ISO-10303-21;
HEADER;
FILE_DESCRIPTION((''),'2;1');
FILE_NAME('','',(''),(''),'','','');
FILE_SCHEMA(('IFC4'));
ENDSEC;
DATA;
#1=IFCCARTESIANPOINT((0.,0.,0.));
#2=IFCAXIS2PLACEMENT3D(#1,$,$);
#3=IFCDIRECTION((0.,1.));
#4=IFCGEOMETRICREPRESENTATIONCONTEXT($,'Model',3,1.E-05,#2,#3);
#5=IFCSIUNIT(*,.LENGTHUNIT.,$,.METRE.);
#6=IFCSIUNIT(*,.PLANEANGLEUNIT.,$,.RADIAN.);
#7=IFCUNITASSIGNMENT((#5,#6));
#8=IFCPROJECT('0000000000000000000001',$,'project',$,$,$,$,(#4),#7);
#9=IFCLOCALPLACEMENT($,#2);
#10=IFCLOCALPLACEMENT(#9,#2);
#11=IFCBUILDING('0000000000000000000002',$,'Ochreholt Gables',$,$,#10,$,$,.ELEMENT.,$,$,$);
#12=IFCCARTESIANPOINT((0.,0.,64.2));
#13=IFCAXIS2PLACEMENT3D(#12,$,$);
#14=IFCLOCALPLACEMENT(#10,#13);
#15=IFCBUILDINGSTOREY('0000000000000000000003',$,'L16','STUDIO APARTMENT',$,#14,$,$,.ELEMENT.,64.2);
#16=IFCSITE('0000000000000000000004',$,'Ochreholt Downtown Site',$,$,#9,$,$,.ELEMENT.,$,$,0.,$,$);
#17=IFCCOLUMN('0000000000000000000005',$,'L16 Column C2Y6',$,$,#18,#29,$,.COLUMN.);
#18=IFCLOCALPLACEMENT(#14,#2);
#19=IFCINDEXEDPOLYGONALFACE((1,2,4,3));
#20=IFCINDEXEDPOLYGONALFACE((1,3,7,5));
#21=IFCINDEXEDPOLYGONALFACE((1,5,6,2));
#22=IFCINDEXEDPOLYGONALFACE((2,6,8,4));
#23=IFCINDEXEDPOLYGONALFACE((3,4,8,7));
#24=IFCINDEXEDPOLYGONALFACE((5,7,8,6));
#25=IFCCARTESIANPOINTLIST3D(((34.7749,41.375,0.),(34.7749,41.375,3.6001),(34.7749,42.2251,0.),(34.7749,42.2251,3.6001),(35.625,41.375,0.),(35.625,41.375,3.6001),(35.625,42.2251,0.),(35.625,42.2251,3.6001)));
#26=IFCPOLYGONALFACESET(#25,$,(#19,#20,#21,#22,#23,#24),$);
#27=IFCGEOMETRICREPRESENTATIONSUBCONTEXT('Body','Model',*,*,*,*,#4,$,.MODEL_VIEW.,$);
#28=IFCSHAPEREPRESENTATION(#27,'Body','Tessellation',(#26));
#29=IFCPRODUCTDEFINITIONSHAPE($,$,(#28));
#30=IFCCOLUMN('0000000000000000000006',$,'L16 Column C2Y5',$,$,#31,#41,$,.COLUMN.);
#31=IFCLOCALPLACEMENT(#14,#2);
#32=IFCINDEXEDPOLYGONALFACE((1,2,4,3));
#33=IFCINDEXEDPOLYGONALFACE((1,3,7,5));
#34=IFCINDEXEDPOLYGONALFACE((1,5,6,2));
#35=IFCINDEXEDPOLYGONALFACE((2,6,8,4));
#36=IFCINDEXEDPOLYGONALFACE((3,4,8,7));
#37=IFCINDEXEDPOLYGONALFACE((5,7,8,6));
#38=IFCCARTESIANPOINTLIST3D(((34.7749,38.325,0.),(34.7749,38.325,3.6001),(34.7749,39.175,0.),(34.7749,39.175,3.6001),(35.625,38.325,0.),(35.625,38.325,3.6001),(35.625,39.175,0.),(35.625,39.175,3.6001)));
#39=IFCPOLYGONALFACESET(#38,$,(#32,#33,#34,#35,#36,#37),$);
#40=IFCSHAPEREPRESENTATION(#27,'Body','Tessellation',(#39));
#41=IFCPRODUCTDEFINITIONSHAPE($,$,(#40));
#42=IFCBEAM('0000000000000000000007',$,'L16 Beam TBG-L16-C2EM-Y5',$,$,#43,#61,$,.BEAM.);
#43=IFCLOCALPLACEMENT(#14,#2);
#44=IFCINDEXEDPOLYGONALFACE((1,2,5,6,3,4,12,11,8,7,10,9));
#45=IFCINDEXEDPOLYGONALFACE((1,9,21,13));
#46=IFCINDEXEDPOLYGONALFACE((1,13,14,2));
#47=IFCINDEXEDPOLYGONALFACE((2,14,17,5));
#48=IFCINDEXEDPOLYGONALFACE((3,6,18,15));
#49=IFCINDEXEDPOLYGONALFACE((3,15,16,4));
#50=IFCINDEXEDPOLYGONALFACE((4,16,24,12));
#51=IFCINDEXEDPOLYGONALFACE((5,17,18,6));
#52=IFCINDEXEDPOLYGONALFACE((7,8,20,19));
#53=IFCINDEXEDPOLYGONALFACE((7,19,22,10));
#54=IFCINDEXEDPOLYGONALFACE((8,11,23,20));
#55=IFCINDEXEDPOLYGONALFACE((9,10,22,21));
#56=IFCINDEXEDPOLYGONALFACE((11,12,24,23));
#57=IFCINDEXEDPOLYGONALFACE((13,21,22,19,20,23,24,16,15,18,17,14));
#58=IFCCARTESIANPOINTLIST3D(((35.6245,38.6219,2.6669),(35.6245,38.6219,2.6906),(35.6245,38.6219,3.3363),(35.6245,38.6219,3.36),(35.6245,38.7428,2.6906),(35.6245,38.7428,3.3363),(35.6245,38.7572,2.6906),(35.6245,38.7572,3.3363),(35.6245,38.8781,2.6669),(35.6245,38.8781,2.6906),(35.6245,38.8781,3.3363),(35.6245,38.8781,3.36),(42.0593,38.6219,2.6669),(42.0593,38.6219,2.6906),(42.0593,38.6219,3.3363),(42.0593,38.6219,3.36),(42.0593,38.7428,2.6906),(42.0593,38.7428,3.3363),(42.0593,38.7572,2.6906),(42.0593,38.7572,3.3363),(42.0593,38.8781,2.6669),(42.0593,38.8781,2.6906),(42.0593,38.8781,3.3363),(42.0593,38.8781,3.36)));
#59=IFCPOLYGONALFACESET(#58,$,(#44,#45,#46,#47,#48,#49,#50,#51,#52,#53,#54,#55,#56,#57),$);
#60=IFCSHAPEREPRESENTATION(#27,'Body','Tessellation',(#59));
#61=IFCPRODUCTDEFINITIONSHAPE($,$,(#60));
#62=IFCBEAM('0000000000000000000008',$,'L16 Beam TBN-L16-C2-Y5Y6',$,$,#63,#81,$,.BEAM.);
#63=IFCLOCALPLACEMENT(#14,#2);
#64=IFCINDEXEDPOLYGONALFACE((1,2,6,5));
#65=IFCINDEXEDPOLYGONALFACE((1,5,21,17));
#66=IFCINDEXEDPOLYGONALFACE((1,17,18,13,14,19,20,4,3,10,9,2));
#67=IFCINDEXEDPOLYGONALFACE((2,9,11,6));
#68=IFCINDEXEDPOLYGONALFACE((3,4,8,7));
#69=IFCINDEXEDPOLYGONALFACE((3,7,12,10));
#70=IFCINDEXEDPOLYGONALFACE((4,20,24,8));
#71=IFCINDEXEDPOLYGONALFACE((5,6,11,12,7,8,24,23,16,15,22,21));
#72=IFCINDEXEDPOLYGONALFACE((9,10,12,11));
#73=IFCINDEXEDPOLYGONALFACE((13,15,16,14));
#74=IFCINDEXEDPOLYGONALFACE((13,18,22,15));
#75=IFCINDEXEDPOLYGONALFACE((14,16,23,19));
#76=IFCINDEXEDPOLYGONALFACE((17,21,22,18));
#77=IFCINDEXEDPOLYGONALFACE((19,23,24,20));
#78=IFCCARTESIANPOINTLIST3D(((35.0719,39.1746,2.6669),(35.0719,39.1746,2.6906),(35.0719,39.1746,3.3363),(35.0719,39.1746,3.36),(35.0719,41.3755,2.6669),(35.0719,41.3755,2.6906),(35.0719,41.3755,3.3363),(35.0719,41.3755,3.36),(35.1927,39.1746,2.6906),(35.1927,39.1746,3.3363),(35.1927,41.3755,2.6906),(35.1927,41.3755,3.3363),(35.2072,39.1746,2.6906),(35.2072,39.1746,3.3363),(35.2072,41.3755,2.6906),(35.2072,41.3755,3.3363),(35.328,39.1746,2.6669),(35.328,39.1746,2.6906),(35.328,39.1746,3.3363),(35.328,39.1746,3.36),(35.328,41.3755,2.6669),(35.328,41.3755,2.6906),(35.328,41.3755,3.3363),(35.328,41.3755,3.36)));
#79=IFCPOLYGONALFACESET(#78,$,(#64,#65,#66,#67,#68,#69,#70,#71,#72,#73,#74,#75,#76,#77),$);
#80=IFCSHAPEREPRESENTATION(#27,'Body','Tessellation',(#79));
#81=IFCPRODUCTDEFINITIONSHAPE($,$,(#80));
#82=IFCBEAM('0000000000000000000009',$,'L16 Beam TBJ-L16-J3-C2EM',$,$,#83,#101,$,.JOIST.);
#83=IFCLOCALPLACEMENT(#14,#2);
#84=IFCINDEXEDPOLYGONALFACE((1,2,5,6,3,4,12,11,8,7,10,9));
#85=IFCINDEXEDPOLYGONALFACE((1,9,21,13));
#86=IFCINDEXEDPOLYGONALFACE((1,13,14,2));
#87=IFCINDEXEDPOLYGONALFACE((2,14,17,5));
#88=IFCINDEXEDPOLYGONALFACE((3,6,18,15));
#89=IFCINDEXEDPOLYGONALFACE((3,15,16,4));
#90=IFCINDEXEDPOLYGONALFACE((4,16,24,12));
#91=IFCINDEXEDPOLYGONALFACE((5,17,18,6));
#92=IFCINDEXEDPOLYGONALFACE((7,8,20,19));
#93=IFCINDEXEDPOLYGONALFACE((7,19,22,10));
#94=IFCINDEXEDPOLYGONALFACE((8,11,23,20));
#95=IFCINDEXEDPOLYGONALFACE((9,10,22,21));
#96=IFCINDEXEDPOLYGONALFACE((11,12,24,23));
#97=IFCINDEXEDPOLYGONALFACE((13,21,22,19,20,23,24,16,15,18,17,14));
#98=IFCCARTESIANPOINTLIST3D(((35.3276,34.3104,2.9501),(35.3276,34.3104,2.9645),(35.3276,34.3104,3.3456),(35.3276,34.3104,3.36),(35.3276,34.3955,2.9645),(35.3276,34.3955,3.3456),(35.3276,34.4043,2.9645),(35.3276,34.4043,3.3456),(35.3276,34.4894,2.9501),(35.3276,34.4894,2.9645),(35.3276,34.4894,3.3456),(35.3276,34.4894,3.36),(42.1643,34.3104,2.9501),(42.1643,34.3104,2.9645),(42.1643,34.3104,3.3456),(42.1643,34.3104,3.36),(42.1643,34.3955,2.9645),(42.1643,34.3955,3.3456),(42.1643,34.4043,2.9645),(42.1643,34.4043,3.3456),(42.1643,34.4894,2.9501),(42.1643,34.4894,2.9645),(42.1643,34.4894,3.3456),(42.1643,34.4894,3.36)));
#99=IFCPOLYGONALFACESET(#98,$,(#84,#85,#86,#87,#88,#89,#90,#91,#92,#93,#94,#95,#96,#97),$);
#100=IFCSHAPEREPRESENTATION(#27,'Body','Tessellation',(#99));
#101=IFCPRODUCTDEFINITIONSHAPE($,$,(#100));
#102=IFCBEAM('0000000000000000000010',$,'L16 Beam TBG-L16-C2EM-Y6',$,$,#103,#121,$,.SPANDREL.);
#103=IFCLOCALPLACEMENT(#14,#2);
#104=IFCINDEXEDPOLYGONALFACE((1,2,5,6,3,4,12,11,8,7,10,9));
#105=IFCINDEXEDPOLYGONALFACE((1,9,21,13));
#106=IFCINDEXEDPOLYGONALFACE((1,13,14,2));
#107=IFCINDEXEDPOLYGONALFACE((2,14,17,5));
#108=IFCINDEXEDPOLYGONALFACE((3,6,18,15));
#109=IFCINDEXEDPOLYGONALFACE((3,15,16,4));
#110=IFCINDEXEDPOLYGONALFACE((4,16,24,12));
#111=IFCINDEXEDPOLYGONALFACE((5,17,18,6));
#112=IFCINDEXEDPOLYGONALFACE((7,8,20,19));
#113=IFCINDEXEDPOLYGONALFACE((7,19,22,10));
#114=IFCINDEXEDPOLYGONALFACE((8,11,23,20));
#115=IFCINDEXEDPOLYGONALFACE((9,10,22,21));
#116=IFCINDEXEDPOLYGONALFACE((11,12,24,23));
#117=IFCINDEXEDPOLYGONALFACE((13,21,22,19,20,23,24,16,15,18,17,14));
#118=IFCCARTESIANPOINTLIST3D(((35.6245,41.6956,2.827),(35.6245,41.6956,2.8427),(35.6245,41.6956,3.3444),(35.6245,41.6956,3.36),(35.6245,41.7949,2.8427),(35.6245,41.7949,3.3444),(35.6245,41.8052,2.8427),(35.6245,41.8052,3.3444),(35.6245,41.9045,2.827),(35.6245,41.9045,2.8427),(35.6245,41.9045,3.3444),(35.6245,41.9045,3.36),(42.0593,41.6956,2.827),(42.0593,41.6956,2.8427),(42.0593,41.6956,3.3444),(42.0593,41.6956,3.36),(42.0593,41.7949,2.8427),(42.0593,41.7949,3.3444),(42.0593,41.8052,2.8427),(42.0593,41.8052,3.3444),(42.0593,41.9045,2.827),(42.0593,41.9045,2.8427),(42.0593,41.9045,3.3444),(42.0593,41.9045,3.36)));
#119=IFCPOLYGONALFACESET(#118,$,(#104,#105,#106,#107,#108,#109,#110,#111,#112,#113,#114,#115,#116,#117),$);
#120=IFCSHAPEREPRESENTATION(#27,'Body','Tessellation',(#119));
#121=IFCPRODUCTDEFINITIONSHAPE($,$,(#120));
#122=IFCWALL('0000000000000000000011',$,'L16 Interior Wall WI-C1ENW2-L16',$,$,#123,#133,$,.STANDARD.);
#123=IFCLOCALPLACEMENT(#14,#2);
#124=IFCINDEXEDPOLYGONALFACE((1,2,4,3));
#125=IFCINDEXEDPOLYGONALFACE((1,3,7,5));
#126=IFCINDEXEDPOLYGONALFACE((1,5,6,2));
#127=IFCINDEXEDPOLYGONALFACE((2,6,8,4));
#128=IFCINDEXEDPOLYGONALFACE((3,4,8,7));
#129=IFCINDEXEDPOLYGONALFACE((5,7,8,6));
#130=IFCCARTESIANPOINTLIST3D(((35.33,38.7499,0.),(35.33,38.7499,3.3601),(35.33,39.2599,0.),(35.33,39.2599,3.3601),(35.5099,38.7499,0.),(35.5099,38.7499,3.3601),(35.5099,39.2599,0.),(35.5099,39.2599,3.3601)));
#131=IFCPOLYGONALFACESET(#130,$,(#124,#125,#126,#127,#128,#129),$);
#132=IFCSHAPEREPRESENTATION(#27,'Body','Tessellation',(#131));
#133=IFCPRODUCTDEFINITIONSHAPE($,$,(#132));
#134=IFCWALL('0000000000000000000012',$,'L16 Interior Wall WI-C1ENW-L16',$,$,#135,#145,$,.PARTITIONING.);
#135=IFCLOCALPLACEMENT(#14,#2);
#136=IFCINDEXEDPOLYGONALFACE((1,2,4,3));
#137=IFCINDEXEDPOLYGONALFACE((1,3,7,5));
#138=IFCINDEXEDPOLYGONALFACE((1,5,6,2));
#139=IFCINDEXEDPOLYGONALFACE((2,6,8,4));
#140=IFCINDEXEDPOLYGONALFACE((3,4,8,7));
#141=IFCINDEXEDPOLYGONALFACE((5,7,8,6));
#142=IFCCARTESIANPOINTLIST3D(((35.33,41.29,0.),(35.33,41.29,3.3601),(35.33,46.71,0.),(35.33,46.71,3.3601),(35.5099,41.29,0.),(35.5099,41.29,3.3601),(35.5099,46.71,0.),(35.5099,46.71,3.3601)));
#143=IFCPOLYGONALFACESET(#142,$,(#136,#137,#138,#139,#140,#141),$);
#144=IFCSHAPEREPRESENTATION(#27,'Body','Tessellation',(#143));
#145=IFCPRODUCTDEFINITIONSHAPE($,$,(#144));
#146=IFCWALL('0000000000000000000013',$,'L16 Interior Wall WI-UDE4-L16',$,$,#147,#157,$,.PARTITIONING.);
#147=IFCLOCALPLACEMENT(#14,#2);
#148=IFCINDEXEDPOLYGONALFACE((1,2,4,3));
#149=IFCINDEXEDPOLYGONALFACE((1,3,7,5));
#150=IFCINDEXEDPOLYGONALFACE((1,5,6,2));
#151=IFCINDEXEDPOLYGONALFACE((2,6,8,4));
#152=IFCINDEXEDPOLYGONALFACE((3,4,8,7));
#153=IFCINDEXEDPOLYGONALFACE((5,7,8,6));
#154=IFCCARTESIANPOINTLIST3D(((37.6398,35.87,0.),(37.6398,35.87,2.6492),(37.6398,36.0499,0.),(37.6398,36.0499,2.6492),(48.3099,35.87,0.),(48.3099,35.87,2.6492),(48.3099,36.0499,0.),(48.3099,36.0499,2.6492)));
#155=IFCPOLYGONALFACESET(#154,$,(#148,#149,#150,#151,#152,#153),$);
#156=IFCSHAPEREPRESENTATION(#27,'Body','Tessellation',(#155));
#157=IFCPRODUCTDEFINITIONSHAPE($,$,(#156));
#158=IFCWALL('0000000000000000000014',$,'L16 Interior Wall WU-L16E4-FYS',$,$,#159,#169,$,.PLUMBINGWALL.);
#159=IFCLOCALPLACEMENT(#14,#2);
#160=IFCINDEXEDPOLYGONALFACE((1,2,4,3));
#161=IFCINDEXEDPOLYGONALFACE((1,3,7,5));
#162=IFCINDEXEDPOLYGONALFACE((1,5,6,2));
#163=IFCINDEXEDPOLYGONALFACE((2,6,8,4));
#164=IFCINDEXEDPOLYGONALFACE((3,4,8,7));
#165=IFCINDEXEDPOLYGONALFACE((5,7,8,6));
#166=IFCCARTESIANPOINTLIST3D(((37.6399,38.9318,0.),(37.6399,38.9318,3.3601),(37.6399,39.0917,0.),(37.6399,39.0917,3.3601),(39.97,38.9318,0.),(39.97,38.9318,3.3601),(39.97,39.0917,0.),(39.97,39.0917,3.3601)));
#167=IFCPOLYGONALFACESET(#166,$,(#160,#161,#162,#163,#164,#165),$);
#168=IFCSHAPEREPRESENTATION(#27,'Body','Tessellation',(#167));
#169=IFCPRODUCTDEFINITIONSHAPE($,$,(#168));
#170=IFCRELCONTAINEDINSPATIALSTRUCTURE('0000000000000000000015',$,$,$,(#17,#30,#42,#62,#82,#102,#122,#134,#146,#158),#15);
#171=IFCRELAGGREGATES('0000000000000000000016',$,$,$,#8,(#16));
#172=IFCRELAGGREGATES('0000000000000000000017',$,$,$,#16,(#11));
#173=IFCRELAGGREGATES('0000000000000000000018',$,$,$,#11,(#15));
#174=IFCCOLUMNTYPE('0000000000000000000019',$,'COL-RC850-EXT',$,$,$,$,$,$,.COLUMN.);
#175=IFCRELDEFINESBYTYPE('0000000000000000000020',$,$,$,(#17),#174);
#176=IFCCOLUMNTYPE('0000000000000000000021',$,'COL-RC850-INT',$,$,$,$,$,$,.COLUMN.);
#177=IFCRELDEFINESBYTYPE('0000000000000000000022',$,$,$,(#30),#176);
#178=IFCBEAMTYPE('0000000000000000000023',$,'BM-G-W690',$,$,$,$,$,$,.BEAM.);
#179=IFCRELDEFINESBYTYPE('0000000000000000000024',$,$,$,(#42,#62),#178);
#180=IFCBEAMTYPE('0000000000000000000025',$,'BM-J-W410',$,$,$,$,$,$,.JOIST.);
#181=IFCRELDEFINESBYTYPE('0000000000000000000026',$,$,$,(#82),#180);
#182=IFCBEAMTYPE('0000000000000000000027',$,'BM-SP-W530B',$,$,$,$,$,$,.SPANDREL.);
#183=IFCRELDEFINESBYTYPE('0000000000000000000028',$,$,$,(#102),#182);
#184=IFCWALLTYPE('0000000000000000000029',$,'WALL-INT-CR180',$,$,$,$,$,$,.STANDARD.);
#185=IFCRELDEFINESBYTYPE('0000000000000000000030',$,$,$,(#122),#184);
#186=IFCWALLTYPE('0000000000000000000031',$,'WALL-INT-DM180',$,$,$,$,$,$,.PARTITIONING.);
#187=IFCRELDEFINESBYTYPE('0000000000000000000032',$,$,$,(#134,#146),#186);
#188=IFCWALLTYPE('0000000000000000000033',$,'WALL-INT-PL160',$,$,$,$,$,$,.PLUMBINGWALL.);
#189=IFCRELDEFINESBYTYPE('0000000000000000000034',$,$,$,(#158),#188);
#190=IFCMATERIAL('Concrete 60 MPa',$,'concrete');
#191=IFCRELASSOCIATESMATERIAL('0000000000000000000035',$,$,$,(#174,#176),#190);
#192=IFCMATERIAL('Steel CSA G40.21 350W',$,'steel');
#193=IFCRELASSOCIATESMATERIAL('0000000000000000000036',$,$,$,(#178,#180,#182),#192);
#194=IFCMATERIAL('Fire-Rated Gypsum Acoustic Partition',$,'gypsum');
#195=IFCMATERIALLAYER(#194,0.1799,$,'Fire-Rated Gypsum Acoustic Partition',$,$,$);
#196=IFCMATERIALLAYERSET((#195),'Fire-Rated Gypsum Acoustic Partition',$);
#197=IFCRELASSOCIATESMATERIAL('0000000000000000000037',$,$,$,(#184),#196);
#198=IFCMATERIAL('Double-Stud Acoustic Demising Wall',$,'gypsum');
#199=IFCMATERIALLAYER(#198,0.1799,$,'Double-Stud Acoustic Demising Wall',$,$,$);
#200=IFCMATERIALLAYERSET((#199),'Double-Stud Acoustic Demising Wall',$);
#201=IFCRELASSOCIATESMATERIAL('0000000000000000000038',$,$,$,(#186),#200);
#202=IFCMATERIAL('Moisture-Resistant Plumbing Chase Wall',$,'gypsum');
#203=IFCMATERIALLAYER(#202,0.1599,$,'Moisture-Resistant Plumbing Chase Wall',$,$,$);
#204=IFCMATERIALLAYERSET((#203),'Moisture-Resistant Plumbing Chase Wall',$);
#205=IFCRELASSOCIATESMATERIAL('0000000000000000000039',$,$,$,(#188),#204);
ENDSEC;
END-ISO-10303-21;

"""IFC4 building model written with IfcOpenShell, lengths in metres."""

from ifc_helpers import new_model, si_unit, direction, frame, frame_2d, origin, origin_2d, place, context, subcontext, project, spatial, rectangle, i_section, extrude, material, layer, layer_set, material_profile, profile_set, type_object, element, save


model = new_model("IFC4")

# Units and contexts
model_context = context("Model", 3, precision=1e-05, world=origin(), true_north=direction((0.0, 1.0)))
body_context = subcontext(model_context, "Body", "Model", "MODEL_VIEW")
ifc_project = project(units=[si_unit("LENGTHUNIT", "METRE"), si_unit("PLANEANGLEUNIT", "RADIAN")], contexts=[model_context])

# Site, building, storey
site_placement = place(None, origin())
site = spatial("IfcSite", under=ifc_project, at=site_placement, Name="Ochreholt Downtown Site", CompositionType="ELEMENT", RefElevation=0.0)
building_placement = place(site_placement, origin())
building = spatial("IfcBuilding", under=site, at=building_placement, Name="Ochreholt Gables", CompositionType="ELEMENT")
storey_placement = place(building_placement, frame((0.0, 0.0, 64.2)))
storey = spatial("IfcBuildingStorey", under=building, at=storey_placement, Name="L16", Description="STUDIO APARTMENT", CompositionType="ELEMENT", Elevation=64.2)

# Columns
ifc_material_1 = material(Name="Concrete 60 MPa", Category="concrete")
ifc_material_profile_1 = material_profile(ifc_material_1, rectangle(XDim=0.8501, YDim=0.8501, at=origin_2d()), Name="RC850X850")
ifc_profile_set_1 = profile_set([ifc_material_profile_1], Name="Concrete 60 MPa")
column_type_1 = type_object("IfcColumnType", Name="COL-RC850-EXT", PredefinedType="COLUMN", material=ifc_profile_set_1)
column_1_placement = place(storey_placement, frame((35.2, 41.8, 0.0), z_axis=(0.0, 0.0, 1.0), x_axis=(1.0, 0.0, 0.0)))
element("IfcColumn", 1, at=column_1_placement, inside=storey, type_object=column_type_1, Name="L16 Column C2Y6", PredefinedType="COLUMN", context=body_context, shape_type="SweptSolid", body=[
    extrude(rectangle(XDim=0.8501, YDim=0.8501, at=origin_2d()), origin(), (0.0, 0.0, 1.0), 3.6001),
])
ifc_material_profile_2 = material_profile(ifc_material_1, rectangle(XDim=0.8501, YDim=0.8501, at=origin_2d()), Name="RC850X850")
ifc_profile_set_2 = profile_set([ifc_material_profile_2], Name="Concrete 60 MPa")
column_type_2 = type_object("IfcColumnType", Name="COL-RC850-INT", PredefinedType="COLUMN", material=ifc_profile_set_2)
column_2_placement = place(storey_placement, frame((35.2, 38.75, 0.0), z_axis=(0.0, 0.0, 1.0), x_axis=(1.0, 0.0, 0.0)))
element("IfcColumn", 2, at=column_2_placement, inside=storey, type_object=column_type_2, Name="L16 Column C2Y5", PredefinedType="COLUMN", context=body_context, shape_type="SweptSolid", body=[
    extrude(rectangle(XDim=0.8501, YDim=0.8501, at=origin_2d()), origin(), (0.0, 0.0, 1.0), 3.6001),
])

# Beams
ifc_material_2 = material(Name="Steel CSA G40.21 350W", Category="steel")
ifc_material_profile_3 = material_profile(ifc_material_2, i_section(OverallWidth=0.2561, OverallDepth=0.6931, WebThickness=0.0144, FlangeThickness=0.0237, at=origin_2d()), Name="W690X170")
ifc_profile_set_3 = profile_set([ifc_material_profile_3], Name="Steel CSA G40.21 350W")
beam_type_1 = type_object("IfcBeamType", Name="BM-G-W690", PredefinedType="BEAM", material=ifc_profile_set_3)
beam_1_placement = place(storey_placement, frame((35.6245, 38.75, 3.0134), z_axis=(1.0, 0.0, 0.0), x_axis=(0.0, 1.0, 0.0)))
element("IfcBeam", 3, at=beam_1_placement, inside=storey, type_object=beam_type_1, Name="L16 Beam TBG-L16-C2EM-Y5", PredefinedType="BEAM", context=body_context, shape_type="SweptSolid", body=[
    extrude(i_section(OverallWidth=0.2561, OverallDepth=0.6931, WebThickness=0.0144, FlangeThickness=0.0237, at=origin_2d()), origin(), (0.0, 0.0, 1.0), 6.4348),
])
beam_2_placement = place(storey_placement, frame((35.2, 39.1746, 3.0134), z_axis=(0.0, 1.0, 0.0), x_axis=(-1.0, 0.0, 0.0)))
element("IfcBeam", 4, at=beam_2_placement, inside=storey, type_object=beam_type_1, Name="L16 Beam TBN-L16-C2-Y5Y6", PredefinedType="BEAM", context=body_context, shape_type="SweptSolid", body=[
    extrude(i_section(OverallWidth=0.2561, OverallDepth=0.6931, WebThickness=0.0144, FlangeThickness=0.0237, at=origin_2d()), origin(), (0.0, 0.0, 1.0), 2.2009),
])
ifc_material_profile_4 = material_profile(ifc_material_2, i_section(OverallWidth=0.179, OverallDepth=0.4099, WebThickness=0.0088, FlangeThickness=0.0144, at=origin_2d()), Name="W410X67")
ifc_profile_set_4 = profile_set([ifc_material_profile_4], Name="Steel CSA G40.21 350W")
beam_type_2 = type_object("IfcBeamType", Name="BM-J-W410", PredefinedType="JOIST", material=ifc_profile_set_4)
beam_3_placement = place(storey_placement, frame((35.3276, 34.3999, 3.155), z_axis=(1.0, 0.0, 0.0), x_axis=(0.0, 1.0, 0.0)))
element("IfcBeam", 5, at=beam_3_placement, inside=storey, type_object=beam_type_2, Name="L16 Beam TBJ-L16-J3-C2EM", PredefinedType="JOIST", context=body_context, shape_type="SweptSolid", body=[
    extrude(i_section(OverallWidth=0.179, OverallDepth=0.4099, WebThickness=0.0088, FlangeThickness=0.0144, at=origin_2d()), origin(), (0.0, 0.0, 1.0), 6.8367),
])
ifc_material_profile_5 = material_profile(ifc_material_2, i_section(OverallWidth=0.209, OverallDepth=0.533, WebThickness=0.0103, FlangeThickness=0.0156, at=origin_2d()), Name="W530X92")
ifc_profile_set_5 = profile_set([ifc_material_profile_5], Name="Steel CSA G40.21 350W")
beam_type_3 = type_object("IfcBeamType", Name="BM-SP-W530B", PredefinedType="SPANDREL", material=ifc_profile_set_5)
beam_4_placement = place(storey_placement, frame((35.6245, 41.8, 3.0935), z_axis=(1.0, 0.0, 0.0), x_axis=(0.0, 1.0, 0.0)))
element("IfcBeam", 6, at=beam_4_placement, inside=storey, type_object=beam_type_3, Name="L16 Beam TBG-L16-C2EM-Y6", PredefinedType="SPANDREL", context=body_context, shape_type="SweptSolid", body=[
    extrude(i_section(OverallWidth=0.209, OverallDepth=0.533, WebThickness=0.0103, FlangeThickness=0.0156, at=origin_2d()), origin(), (0.0, 0.0, 1.0), 6.4348),
])

# Walls
ifc_material_3 = material(Name="Fire-Rated Gypsum Acoustic Partition", Category="gypsum")
ifc_layer_1 = layer(ifc_material_3, 0.1799, Name="Fire-Rated Gypsum Acoustic Partition")
ifc_layer_set_1 = layer_set([ifc_layer_1], Name="Fire-Rated Gypsum Acoustic Partition")
wall_type_1 = type_object("IfcWallType", Name="WALL-INT-CR180", PredefinedType="STANDARD", material=ifc_layer_set_1)
wall_1_placement = place(storey_placement, frame((35.4199, 38.75, 0.0), z_axis=(0.0, 0.0, 1.0), x_axis=(0.0, 1.0, 0.0)))
element("IfcWall", 7, at=wall_1_placement, inside=storey, type_object=wall_type_1, Name="L16 Interior Wall WI-C1ENW2-L16", PredefinedType="STANDARD", context=body_context, shape_type="SweptSolid", body=[
    extrude(rectangle(XDim=0.51, YDim=0.1799, at=frame_2d((0.2549, 0.0))), origin(), (0.0, 0.0, 1.0), 3.3601),
])
ifc_material_4 = material(Name="Double-Stud Acoustic Demising Wall", Category="gypsum")
ifc_layer_2 = layer(ifc_material_4, 0.1799, Name="Double-Stud Acoustic Demising Wall")
ifc_layer_set_2 = layer_set([ifc_layer_2], Name="Double-Stud Acoustic Demising Wall")
wall_type_2 = type_object("IfcWallType", Name="WALL-INT-DM180", PredefinedType="PARTITIONING", material=ifc_layer_set_2)
wall_2_placement = place(storey_placement, frame((35.4199, 41.29, 0.0), z_axis=(0.0, 0.0, 1.0), x_axis=(0.0, 1.0, 0.0)))
element("IfcWall", 8, at=wall_2_placement, inside=storey, type_object=wall_type_2, Name="L16 Interior Wall WI-C1ENW-L16", PredefinedType="PARTITIONING", context=body_context, shape_type="SweptSolid", body=[
    extrude(rectangle(XDim=5.4199, YDim=0.1799, at=frame_2d((2.71, 0.0))), origin(), (0.0, 0.0, 1.0), 3.3601),
])
wall_3_placement = place(storey_placement, frame((37.6399, 35.96, 0.0), z_axis=(0.0, 0.0, 1.0), x_axis=(1.0, 0.0, 0.0)))
element("IfcWall", 9, at=wall_3_placement, inside=storey, type_object=wall_type_2, Name="L16 Interior Wall WI-UDE4-L16", PredefinedType="PARTITIONING", context=body_context, shape_type="SweptSolid", body=[
    extrude(rectangle(XDim=10.6702, YDim=0.1799, at=frame_2d((5.335, 0.0))), origin(), (0.0, 0.0, 1.0), 2.6492),
])
ifc_material_5 = material(Name="Moisture-Resistant Plumbing Chase Wall", Category="gypsum")
ifc_layer_3 = layer(ifc_material_5, 0.1599, Name="Moisture-Resistant Plumbing Chase Wall")
ifc_layer_set_3 = layer_set([ifc_layer_3], Name="Moisture-Resistant Plumbing Chase Wall")
wall_type_3 = type_object("IfcWallType", Name="WALL-INT-PL160", PredefinedType="PLUMBINGWALL", material=ifc_layer_set_3)
wall_4_placement = place(storey_placement, frame((37.6399, 39.0117, 0.0), z_axis=(0.0, 0.0, 1.0), x_axis=(1.0, 0.0, 0.0)))
element("IfcWall", 10, at=wall_4_placement, inside=storey, type_object=wall_type_3, Name="L16 Interior Wall WU-L16E4-FYS", PredefinedType="PLUMBINGWALL", context=body_context, shape_type="SweptSolid", body=[
    extrude(rectangle(XDim=2.3301, YDim=0.1599, at=frame_2d((1.165, 0.0))), origin(), (0.0, 0.0, 1.0), 3.3601),
])

save(model, "model.ifc")
